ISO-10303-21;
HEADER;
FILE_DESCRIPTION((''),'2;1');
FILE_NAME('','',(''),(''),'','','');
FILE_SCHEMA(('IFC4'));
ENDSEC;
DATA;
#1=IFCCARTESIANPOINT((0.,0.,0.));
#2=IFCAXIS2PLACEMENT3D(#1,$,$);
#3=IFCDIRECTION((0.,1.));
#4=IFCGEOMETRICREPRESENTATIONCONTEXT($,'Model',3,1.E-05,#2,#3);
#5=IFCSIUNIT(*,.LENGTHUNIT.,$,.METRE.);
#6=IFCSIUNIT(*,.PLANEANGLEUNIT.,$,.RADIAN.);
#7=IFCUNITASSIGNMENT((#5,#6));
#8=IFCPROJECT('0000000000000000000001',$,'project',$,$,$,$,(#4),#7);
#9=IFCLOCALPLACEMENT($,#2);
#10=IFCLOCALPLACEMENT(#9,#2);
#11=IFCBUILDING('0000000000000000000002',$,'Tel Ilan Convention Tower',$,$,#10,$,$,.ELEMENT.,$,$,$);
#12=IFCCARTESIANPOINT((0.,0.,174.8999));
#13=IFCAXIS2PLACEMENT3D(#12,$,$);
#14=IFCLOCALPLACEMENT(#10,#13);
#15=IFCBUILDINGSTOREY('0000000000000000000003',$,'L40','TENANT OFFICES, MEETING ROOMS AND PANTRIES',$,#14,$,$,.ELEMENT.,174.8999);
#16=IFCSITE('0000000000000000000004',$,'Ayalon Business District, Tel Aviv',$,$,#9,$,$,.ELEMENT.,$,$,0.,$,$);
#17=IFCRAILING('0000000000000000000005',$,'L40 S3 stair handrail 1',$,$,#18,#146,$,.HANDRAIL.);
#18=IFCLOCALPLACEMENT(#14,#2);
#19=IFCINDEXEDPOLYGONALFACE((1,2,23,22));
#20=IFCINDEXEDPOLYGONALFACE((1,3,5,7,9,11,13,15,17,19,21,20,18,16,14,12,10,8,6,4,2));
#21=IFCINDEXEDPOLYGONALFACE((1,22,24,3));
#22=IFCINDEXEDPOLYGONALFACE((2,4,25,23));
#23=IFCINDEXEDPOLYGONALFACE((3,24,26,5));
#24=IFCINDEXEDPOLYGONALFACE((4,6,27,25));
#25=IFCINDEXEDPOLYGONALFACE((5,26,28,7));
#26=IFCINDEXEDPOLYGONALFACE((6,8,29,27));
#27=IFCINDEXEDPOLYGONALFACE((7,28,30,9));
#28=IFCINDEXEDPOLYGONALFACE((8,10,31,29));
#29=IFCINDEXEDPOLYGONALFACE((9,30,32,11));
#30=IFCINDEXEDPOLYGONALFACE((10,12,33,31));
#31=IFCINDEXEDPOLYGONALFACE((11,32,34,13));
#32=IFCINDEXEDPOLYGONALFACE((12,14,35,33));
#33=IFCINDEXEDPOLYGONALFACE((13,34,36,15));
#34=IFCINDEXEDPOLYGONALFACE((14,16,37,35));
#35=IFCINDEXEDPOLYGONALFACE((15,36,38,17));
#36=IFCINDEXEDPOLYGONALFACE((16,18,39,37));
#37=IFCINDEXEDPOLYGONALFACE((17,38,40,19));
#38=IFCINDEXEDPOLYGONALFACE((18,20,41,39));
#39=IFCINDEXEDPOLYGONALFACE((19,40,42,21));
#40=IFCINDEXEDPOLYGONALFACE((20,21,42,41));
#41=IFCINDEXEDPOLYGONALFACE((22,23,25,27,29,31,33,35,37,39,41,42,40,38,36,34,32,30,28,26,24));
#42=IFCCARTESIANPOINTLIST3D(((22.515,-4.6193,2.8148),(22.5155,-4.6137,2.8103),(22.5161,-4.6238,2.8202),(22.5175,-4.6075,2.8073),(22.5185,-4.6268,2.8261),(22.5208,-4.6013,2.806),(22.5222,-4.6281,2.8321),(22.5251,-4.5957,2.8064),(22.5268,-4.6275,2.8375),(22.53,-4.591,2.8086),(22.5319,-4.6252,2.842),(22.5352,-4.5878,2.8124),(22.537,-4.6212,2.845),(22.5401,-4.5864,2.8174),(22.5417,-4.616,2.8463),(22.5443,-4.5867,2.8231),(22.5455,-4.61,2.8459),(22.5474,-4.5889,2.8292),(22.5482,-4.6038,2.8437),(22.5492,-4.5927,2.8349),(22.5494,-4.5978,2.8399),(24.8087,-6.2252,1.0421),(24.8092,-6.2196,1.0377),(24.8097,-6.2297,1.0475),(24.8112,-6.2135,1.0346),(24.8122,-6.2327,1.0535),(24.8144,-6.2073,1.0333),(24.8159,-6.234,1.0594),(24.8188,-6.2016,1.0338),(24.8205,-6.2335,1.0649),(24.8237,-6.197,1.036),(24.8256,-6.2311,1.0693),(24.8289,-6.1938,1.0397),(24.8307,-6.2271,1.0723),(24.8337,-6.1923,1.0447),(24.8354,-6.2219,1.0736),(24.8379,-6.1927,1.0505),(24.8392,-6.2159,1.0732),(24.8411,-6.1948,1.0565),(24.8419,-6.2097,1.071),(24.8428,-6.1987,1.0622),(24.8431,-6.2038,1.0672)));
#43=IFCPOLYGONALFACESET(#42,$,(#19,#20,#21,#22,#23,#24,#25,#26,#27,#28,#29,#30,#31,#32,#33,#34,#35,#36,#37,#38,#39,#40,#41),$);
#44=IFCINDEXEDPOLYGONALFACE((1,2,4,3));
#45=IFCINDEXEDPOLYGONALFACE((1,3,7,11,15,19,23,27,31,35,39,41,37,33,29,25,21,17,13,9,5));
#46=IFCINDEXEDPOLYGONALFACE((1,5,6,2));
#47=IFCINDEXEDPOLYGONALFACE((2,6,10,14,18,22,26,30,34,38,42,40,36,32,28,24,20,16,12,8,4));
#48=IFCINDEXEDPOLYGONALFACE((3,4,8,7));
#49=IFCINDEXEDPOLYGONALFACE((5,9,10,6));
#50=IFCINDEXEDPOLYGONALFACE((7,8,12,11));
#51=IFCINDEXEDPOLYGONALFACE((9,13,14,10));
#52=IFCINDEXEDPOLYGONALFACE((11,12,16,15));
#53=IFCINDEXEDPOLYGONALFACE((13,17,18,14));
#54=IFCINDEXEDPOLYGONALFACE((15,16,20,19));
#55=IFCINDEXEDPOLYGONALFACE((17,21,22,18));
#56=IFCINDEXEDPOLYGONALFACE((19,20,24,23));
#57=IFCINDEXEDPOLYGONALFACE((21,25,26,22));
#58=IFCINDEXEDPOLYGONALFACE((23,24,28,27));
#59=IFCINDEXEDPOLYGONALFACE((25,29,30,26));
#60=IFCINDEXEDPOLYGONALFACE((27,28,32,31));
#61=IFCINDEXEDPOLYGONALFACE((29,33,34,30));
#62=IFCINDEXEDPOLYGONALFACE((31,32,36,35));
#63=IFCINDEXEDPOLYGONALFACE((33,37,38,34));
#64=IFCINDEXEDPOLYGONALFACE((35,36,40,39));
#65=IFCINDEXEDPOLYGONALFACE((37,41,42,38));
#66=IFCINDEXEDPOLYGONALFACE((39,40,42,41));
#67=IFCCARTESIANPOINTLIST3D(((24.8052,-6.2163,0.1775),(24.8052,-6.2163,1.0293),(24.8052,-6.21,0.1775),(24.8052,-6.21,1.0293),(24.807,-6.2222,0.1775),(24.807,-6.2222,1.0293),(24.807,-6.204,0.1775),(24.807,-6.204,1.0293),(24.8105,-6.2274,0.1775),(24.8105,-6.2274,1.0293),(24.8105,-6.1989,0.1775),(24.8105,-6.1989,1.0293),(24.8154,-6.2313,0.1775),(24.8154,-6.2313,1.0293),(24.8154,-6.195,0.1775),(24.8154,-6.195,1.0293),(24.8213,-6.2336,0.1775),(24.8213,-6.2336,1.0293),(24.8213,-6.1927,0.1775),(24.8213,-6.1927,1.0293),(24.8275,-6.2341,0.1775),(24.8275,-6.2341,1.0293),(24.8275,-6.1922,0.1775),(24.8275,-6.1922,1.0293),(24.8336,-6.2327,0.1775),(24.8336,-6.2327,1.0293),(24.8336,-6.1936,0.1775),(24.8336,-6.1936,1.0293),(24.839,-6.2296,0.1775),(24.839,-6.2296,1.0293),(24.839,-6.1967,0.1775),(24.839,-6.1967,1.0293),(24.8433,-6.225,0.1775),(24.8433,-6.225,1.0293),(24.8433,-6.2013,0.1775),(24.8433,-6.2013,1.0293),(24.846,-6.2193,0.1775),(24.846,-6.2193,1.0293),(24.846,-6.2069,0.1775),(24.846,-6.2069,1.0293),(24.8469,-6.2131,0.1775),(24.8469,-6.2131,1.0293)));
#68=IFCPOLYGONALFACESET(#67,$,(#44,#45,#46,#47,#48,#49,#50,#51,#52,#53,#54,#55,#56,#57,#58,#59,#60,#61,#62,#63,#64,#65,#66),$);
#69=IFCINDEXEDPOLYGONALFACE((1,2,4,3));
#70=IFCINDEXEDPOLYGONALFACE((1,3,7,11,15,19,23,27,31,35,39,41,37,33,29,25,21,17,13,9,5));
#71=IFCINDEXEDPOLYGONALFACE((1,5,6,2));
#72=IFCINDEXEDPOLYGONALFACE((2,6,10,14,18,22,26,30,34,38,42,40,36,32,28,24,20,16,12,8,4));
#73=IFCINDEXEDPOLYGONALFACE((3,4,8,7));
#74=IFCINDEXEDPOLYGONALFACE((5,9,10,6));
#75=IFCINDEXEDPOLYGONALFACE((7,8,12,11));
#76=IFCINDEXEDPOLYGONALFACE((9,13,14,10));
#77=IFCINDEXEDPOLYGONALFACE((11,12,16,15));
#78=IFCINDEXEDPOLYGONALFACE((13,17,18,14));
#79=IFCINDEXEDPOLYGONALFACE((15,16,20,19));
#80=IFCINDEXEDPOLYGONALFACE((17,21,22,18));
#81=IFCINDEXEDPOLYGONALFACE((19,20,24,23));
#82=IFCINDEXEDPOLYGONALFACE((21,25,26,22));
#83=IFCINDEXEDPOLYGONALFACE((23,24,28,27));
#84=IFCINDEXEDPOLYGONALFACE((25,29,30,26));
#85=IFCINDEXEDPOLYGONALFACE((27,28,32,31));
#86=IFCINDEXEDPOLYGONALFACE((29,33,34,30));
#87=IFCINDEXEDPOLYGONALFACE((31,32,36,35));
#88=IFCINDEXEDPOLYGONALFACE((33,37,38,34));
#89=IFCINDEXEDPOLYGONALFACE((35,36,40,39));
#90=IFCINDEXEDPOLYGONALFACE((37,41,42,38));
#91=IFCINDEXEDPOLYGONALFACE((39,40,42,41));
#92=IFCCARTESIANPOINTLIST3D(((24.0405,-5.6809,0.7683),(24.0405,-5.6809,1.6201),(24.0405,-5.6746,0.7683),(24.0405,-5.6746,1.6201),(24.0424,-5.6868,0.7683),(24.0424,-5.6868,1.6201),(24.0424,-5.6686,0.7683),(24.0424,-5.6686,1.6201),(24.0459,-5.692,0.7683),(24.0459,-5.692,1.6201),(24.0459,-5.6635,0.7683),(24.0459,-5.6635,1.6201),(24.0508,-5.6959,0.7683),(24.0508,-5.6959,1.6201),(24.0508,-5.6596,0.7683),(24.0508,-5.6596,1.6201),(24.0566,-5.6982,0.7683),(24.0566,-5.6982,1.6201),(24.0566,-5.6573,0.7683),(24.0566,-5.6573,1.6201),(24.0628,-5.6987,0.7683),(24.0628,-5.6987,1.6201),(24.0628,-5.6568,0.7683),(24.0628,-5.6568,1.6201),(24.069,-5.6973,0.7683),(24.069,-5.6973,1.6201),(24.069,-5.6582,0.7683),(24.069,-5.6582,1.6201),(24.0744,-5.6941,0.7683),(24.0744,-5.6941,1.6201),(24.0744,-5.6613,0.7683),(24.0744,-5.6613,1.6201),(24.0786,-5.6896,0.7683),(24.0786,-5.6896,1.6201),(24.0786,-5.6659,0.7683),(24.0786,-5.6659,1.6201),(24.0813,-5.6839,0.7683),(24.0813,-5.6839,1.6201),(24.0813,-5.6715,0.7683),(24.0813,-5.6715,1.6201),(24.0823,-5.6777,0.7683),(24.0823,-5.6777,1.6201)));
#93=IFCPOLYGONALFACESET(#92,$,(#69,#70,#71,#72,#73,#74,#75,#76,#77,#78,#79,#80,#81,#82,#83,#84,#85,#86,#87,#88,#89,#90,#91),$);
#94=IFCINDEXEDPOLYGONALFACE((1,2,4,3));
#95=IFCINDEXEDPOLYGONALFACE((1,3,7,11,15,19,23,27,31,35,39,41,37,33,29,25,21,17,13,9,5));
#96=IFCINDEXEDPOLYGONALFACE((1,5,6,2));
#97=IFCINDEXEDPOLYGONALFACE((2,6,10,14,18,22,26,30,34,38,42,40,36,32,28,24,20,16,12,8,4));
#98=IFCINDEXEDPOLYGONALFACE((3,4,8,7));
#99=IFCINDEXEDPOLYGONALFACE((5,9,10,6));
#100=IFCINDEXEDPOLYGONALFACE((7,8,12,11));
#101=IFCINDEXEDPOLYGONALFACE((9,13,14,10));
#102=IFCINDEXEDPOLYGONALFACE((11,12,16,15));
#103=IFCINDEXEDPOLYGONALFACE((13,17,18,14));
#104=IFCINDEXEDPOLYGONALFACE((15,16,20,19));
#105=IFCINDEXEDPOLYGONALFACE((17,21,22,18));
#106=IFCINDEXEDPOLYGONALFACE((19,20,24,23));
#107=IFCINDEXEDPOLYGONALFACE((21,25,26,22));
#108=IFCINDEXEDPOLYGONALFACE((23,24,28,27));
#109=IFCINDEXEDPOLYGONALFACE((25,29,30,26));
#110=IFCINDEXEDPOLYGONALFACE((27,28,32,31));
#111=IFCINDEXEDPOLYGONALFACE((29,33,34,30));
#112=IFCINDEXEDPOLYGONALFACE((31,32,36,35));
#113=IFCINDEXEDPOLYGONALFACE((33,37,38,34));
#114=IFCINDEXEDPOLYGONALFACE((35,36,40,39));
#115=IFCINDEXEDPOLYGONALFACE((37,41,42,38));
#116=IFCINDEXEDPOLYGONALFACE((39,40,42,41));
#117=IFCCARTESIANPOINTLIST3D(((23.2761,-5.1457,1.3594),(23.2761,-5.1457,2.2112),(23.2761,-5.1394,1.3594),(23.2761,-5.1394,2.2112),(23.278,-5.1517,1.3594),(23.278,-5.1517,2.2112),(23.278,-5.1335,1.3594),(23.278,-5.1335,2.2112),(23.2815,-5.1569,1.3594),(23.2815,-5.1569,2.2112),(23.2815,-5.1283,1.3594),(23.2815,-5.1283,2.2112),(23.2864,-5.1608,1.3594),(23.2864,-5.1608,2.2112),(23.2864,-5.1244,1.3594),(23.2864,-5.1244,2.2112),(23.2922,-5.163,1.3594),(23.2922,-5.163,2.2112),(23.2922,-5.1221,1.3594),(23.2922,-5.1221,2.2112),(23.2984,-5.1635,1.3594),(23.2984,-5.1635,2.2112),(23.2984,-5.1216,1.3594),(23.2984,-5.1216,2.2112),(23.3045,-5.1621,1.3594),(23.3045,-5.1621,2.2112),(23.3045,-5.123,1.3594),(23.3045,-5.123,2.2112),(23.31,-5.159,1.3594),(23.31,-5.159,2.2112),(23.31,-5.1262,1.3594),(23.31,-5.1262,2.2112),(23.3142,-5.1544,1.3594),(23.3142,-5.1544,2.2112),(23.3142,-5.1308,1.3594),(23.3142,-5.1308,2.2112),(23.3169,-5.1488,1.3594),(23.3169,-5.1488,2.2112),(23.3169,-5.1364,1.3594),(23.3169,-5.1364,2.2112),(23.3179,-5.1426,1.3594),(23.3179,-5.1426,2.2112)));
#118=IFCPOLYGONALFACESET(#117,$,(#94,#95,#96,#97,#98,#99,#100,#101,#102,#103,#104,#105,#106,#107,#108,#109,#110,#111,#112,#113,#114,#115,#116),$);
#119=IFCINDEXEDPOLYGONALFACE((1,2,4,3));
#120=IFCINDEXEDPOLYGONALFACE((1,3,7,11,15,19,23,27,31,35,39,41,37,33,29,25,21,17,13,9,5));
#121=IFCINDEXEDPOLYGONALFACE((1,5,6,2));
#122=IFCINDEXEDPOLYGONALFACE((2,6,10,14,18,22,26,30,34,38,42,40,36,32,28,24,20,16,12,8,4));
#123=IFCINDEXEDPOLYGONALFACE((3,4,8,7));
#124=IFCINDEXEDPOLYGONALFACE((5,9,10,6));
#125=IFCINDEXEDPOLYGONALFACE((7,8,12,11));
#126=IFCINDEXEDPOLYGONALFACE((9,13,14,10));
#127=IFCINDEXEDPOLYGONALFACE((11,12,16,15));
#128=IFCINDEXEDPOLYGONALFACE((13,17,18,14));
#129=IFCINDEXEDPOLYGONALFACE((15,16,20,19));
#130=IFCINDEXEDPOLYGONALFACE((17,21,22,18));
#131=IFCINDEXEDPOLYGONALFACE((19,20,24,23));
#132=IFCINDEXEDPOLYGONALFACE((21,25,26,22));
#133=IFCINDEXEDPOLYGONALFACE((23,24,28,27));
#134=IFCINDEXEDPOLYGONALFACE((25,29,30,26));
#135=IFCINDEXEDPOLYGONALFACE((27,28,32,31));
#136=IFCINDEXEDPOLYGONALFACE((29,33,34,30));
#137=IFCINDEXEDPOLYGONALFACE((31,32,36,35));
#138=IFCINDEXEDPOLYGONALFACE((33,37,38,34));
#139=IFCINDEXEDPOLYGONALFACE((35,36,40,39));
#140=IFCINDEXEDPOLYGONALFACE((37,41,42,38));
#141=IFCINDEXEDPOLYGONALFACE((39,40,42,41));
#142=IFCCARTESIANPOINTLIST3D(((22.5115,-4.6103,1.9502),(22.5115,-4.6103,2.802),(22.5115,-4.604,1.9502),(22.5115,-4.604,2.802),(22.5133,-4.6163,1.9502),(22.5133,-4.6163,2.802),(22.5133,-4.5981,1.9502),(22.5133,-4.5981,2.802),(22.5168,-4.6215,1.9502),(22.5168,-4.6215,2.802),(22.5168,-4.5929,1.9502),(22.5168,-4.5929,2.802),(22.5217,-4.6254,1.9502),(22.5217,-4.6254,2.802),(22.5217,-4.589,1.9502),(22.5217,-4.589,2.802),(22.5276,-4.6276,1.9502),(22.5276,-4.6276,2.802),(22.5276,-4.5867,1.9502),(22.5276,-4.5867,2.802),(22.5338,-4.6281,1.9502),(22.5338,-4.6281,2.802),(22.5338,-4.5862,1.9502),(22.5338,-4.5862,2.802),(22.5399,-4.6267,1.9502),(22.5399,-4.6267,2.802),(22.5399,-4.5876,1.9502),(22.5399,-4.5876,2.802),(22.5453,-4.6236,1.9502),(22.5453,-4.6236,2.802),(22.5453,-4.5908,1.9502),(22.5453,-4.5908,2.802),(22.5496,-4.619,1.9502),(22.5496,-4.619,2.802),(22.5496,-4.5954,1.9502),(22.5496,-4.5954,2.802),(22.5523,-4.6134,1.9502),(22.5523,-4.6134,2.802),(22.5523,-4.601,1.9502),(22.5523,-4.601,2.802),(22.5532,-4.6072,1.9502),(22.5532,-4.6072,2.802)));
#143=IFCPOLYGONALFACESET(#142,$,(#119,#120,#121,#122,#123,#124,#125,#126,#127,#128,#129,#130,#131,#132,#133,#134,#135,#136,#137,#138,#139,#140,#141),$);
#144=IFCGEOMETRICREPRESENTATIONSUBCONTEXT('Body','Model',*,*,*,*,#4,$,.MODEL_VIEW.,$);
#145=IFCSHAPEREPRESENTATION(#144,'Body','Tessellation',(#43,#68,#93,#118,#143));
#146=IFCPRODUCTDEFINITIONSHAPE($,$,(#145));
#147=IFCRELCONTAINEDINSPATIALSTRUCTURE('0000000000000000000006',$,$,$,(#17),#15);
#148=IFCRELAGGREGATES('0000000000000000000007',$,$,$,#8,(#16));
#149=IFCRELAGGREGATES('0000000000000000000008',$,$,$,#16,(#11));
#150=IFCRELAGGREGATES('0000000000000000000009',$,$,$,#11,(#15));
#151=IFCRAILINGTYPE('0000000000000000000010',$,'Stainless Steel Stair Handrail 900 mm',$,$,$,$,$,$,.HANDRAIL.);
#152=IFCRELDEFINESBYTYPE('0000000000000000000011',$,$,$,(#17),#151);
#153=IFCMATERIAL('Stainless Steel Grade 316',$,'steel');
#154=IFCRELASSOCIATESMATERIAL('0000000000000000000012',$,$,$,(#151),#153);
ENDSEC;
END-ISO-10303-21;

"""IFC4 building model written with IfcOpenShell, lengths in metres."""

from ifc_helpers import new_model, si_unit, direction, frame, origin, origin_2d, place, context, subcontext, project, spatial, circle, extrude, material, type_object, element, save


model = new_model("IFC4")

# Units and contexts
model_context = context("Model", 3, precision=1e-05, world=origin(), true_north=direction((0.0, 1.0)))
body_context = subcontext(model_context, "Body", "Model", "MODEL_VIEW")
ifc_project = project(units=[si_unit("LENGTHUNIT", "METRE"), si_unit("PLANEANGLEUNIT", "RADIAN")], contexts=[model_context])

# Site, building, storey
site_placement = place(None, origin())
site = spatial("IfcSite", under=ifc_project, at=site_placement, Name="Ayalon Business District, Tel Aviv", CompositionType="ELEMENT", RefElevation=0.0)
building_placement = place(site_placement, origin())
building = spatial("IfcBuilding", under=site, at=building_placement, Name="Tel Ilan Convention Tower", CompositionType="ELEMENT")
storey_placement = place(building_placement, frame((0.0, 0.0, 174.8999)))
storey = spatial("IfcBuildingStorey", under=building, at=storey_placement, Name="L40", Description="TENANT OFFICES, MEETING ROOMS AND PANTRIES", CompositionType="ELEMENT", Elevation=174.8999)

# Railing
ifc_material_1 = material(Name="Stainless Steel Grade 316", Category="steel")
railing_type_1 = type_object("IfcRailingType", Name="Stainless Steel Stair Handrail 900 mm", PredefinedType="HANDRAIL", material=ifc_material_1)
railing_1_placement = place(storey_placement, frame((24.8259, -6.2131, 0.1775)))
element("IfcRailing", 1, at=railing_1_placement, inside=storey, type_object=railing_type_1, Name="L40 S3 stair handrail 1", PredefinedType="HANDRAIL", context=body_context, shape_type="SweptSolid", body=[
    extrude(circle(Radius=0.0239, at=origin_2d()), frame((0.0, 0.0, 0.876), z_axis=(-0.692123, 0.484597, 0.534913), x_axis=(-0.57355, -0.81917, 0.0)), (0.0, 0.0, 1.0), 3.314),
    extrude(circle(Radius=0.021, at=origin_2d()), origin(), (0.0, 0.0, 1.0), 0.8518),
    extrude(circle(Radius=0.021, at=origin_2d()), frame((-0.7646, 0.5354, 0.5908)), (0.0, 0.0, 1.0), 0.8518),
    extrude(circle(Radius=0.021, at=origin_2d()), frame((-1.5291, 1.0706, 1.1819)), (0.0, 0.0, 1.0), 0.8518),
    extrude(circle(Radius=0.021, at=origin_2d()), frame((-2.2937, 1.606, 1.7727)), (0.0, 0.0, 1.0), 0.8518),
])

save(model, "model.ifc")
